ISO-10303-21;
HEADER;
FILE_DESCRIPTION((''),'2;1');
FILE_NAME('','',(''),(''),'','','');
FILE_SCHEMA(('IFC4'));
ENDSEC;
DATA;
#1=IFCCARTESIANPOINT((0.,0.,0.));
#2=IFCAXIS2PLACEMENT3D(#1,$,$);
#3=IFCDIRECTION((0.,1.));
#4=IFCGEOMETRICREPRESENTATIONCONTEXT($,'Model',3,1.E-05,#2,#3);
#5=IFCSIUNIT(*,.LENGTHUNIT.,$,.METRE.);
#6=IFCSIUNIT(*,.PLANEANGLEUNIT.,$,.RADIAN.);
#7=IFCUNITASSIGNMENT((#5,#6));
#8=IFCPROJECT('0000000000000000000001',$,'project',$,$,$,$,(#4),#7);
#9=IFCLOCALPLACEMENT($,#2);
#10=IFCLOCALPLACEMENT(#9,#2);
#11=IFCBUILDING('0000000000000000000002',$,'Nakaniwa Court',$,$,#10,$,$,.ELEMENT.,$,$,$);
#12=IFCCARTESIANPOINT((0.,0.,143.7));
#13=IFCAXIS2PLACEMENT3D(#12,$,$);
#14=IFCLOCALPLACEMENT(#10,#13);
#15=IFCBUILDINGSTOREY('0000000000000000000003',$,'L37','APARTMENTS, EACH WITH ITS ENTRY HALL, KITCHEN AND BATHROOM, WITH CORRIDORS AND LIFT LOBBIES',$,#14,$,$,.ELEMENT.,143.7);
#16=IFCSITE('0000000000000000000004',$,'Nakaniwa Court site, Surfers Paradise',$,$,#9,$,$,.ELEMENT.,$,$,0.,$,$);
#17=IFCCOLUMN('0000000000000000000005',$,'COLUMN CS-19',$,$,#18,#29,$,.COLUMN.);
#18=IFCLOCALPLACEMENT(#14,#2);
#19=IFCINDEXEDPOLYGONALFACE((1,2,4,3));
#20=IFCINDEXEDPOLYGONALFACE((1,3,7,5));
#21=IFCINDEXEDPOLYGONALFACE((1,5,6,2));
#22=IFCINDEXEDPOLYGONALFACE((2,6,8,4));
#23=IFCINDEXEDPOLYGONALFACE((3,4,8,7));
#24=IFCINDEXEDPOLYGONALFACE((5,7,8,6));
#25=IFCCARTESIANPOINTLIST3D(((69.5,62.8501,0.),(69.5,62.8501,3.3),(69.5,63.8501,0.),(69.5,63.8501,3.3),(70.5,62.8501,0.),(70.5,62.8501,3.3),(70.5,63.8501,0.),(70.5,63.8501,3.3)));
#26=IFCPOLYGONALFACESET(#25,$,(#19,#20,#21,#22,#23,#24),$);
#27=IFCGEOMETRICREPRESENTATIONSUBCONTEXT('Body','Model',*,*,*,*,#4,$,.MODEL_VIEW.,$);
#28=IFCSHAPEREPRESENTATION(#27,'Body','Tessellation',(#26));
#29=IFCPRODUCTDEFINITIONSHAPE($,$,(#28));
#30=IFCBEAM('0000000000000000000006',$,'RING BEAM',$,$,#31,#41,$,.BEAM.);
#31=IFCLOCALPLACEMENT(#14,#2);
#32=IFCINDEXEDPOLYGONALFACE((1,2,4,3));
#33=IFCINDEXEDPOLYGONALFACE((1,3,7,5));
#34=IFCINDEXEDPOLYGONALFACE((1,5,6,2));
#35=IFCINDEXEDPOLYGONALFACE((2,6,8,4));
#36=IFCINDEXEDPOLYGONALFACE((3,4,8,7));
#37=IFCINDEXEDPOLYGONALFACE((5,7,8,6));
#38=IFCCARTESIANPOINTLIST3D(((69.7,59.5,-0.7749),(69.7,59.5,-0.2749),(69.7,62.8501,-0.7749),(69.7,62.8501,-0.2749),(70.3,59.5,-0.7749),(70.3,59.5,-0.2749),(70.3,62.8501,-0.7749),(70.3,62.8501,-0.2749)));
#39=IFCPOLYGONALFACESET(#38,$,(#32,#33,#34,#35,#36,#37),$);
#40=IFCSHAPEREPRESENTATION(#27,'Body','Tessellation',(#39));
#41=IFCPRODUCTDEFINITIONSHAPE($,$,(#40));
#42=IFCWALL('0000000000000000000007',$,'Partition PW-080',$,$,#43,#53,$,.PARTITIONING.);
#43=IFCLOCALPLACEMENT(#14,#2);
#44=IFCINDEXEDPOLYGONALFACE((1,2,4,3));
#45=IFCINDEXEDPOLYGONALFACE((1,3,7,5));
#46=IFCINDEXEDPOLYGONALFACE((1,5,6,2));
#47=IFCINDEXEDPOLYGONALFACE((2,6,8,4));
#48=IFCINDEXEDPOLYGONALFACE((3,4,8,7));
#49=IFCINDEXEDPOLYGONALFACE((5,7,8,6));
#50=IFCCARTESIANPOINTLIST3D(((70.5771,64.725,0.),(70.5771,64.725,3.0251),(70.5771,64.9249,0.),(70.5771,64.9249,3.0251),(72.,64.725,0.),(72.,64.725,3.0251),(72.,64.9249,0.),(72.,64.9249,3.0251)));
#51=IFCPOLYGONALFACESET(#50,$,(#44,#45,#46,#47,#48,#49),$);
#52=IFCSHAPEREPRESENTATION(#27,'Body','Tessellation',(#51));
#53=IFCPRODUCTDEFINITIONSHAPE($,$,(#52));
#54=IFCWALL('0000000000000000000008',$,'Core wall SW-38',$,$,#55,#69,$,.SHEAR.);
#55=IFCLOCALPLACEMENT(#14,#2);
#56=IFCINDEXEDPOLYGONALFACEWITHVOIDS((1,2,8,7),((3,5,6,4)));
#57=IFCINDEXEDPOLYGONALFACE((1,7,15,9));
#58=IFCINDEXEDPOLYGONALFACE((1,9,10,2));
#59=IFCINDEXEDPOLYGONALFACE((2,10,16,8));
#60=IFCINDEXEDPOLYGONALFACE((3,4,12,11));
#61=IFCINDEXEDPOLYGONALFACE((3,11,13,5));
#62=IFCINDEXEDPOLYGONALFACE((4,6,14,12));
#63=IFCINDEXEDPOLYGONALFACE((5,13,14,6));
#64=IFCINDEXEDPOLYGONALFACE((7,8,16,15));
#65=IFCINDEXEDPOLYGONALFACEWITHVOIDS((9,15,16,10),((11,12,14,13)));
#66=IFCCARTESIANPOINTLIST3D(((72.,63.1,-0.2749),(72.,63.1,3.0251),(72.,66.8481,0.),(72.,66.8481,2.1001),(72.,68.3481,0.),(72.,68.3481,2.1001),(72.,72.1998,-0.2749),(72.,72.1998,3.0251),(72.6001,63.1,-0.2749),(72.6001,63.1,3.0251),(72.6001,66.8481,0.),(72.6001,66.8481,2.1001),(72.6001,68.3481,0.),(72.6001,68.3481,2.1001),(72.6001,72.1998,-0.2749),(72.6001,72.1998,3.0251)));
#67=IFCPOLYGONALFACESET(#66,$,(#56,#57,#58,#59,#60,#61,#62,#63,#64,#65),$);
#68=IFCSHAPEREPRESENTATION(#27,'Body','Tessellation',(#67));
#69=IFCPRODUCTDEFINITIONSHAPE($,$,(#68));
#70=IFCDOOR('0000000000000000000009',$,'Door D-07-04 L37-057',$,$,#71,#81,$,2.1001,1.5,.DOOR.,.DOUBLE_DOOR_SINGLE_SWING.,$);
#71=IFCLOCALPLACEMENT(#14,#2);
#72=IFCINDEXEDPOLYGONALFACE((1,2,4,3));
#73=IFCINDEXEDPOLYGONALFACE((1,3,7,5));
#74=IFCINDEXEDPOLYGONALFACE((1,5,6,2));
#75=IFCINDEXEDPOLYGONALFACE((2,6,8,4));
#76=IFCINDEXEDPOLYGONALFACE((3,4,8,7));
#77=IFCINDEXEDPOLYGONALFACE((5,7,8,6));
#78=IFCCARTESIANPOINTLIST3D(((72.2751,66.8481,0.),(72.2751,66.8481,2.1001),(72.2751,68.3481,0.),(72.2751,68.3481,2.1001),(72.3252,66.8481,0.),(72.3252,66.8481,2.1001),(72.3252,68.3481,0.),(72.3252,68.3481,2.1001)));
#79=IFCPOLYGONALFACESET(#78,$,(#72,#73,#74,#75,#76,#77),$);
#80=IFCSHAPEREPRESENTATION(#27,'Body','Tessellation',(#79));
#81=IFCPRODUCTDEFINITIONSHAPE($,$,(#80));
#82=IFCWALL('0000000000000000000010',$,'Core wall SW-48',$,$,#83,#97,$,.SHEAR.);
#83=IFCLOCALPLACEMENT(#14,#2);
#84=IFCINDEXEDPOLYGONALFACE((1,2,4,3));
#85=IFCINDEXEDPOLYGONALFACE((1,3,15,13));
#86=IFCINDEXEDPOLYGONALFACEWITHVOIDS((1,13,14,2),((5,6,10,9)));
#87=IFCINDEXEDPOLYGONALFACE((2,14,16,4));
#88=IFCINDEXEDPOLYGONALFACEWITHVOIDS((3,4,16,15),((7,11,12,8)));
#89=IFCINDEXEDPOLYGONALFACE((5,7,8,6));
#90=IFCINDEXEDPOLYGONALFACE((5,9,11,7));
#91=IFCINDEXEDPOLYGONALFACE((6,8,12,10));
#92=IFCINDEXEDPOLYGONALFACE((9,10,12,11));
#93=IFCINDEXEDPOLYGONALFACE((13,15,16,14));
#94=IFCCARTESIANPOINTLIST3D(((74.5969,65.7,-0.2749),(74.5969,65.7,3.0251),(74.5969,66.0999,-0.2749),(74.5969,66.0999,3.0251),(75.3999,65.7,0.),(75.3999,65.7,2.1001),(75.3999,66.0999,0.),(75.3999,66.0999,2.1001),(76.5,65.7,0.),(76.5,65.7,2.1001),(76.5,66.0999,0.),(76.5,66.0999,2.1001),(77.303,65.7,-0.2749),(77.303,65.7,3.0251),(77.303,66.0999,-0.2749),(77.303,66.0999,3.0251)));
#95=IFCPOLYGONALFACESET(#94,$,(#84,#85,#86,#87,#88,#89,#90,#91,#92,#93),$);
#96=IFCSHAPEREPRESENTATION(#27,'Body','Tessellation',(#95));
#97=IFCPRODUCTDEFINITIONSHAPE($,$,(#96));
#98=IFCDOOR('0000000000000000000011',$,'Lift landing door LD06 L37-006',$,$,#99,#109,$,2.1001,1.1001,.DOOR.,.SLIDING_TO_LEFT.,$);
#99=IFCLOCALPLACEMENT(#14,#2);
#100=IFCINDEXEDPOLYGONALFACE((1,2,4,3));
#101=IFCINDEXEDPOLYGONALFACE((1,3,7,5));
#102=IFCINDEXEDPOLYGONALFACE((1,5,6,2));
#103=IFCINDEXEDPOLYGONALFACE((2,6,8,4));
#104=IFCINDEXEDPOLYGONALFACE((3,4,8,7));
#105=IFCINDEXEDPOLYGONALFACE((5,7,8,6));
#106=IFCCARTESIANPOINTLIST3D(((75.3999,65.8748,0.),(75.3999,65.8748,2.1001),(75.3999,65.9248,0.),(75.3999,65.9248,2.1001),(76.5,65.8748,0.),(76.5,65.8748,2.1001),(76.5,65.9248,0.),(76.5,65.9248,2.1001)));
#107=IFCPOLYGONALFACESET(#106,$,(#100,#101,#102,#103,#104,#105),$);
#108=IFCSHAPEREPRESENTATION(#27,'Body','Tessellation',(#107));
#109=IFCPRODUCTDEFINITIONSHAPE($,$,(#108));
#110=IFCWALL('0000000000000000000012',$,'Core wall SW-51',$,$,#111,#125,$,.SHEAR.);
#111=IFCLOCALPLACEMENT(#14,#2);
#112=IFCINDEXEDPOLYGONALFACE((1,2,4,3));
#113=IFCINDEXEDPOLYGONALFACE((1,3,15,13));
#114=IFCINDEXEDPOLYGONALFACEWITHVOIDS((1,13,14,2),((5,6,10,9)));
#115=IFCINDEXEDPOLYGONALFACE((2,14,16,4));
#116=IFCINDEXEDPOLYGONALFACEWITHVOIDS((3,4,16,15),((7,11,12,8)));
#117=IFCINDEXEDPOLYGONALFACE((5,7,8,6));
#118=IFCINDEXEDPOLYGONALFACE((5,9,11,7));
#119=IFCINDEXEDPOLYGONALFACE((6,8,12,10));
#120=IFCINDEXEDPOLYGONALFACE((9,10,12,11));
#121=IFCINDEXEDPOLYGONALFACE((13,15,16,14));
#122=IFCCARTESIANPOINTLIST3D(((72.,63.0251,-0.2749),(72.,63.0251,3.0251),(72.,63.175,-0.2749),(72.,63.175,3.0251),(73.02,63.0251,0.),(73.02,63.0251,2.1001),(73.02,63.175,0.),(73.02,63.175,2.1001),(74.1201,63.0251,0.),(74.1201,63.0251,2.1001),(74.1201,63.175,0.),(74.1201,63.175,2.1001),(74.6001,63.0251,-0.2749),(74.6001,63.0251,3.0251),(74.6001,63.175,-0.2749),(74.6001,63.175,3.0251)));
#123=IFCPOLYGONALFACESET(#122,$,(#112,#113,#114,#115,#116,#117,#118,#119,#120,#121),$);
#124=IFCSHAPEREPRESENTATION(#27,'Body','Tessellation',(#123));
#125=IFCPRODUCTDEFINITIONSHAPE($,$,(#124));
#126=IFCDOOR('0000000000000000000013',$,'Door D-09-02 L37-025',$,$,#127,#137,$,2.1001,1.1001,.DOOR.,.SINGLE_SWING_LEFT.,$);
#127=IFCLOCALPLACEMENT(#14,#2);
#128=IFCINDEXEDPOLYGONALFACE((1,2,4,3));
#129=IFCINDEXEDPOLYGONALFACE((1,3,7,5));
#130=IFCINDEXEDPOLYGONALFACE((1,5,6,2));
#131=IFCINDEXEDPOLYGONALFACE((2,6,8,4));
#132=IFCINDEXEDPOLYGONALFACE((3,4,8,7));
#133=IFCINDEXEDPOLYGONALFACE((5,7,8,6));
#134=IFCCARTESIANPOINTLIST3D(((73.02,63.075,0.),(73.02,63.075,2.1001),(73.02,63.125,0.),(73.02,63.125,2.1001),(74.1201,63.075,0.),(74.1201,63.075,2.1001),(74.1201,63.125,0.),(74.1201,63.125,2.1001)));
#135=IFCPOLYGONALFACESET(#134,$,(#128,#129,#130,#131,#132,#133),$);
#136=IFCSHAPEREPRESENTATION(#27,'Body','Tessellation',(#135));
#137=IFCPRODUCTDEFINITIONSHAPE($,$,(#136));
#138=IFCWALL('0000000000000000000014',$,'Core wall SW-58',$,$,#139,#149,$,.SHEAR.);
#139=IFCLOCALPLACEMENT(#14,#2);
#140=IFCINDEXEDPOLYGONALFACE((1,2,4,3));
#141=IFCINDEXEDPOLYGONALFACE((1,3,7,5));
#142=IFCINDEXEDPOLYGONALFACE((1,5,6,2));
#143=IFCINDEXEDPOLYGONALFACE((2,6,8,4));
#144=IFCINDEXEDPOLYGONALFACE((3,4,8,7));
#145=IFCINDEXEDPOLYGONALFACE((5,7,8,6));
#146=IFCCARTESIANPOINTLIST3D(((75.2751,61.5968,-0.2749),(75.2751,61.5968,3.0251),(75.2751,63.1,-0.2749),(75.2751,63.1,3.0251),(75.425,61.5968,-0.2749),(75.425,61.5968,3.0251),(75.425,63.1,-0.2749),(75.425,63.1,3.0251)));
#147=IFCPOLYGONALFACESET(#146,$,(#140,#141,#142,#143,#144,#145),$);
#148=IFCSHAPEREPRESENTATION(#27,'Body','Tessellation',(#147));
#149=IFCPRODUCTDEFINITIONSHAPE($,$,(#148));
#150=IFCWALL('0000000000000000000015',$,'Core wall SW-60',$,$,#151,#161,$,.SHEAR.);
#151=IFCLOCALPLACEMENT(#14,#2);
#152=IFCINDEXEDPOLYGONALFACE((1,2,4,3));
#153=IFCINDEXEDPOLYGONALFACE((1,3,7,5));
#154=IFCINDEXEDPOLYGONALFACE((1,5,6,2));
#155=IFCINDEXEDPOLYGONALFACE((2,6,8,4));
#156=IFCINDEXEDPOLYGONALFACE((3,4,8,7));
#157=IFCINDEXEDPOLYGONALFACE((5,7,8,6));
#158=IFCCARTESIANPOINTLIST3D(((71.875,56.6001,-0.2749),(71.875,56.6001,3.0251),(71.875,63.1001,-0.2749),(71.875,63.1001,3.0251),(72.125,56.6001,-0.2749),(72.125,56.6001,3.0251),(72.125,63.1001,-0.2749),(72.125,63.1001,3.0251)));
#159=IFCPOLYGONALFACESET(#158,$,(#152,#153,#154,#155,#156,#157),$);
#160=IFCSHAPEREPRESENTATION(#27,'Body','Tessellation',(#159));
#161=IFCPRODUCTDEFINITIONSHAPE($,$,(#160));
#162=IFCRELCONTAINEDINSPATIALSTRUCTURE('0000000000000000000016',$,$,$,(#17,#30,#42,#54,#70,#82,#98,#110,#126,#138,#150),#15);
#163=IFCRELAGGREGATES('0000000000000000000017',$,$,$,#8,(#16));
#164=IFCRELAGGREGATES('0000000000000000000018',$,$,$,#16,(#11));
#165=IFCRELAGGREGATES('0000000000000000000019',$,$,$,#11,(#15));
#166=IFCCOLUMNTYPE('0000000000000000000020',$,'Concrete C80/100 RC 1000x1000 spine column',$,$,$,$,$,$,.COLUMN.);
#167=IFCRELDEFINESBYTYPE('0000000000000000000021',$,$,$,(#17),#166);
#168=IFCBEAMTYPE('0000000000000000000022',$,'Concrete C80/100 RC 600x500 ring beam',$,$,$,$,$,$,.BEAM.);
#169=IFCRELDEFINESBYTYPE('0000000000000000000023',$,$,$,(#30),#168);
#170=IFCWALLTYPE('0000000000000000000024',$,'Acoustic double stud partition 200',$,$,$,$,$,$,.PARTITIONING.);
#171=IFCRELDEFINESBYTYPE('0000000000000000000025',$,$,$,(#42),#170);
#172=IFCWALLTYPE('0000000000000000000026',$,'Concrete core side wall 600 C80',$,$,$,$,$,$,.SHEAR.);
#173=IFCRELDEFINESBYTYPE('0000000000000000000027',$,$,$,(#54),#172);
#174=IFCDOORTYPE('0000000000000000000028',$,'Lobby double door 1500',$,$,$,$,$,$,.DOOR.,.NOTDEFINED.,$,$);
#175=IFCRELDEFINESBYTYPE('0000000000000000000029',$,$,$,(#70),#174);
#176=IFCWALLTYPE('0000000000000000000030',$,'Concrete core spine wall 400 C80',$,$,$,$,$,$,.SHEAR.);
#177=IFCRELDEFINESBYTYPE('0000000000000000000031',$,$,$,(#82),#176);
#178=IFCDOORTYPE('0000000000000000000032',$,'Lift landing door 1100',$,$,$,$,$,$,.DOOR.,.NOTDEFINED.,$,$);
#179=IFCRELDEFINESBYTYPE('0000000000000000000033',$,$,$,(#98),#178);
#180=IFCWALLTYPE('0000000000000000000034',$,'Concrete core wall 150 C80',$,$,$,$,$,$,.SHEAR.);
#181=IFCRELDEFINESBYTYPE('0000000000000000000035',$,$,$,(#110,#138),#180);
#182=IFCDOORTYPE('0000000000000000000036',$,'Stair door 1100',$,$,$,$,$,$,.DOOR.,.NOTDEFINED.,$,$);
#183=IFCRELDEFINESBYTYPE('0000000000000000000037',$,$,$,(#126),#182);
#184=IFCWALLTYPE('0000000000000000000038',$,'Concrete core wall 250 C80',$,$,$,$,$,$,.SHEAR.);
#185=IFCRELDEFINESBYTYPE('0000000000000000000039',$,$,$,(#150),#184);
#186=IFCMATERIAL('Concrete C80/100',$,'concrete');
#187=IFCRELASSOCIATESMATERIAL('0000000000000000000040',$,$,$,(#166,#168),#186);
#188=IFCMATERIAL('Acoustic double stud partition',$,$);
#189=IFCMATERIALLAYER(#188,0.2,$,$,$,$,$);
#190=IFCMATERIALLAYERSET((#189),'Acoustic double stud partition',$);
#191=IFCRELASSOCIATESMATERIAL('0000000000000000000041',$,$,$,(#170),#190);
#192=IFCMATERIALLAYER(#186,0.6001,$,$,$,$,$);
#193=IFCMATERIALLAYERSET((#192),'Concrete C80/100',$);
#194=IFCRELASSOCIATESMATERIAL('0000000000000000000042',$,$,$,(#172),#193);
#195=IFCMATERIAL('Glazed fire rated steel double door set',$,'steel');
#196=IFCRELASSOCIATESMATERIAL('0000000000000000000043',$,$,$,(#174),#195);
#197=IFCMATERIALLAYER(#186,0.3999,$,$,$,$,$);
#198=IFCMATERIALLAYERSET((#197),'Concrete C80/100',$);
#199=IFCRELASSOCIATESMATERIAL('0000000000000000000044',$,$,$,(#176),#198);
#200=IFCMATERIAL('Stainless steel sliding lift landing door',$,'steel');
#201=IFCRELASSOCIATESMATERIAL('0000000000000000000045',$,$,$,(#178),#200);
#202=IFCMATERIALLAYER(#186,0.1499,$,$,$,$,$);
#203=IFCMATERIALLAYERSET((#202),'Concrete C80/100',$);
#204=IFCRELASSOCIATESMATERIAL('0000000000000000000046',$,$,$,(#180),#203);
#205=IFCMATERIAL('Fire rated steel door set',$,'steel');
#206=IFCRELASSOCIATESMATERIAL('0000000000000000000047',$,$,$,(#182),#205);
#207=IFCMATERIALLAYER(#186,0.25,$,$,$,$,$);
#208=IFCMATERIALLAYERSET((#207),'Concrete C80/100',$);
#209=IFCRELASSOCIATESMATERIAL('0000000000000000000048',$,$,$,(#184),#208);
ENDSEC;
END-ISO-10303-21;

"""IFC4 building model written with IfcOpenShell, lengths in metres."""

from ifc_helpers import new_model, si_unit, direction, frame, frame_2d, origin, origin_2d, place, context, subcontext, project, spatial, rectangle, extrude, material, layer, layer_set, material_profile, profile_set, type_object, element, fill, save


model = new_model("IFC4")

# Units and contexts
model_context = context("Model", 3, precision=1e-05, world=origin(), true_north=direction((0.0, 1.0)))
body_context = subcontext(model_context, "Body", "Model", "MODEL_VIEW")
ifc_project = project(units=[si_unit("LENGTHUNIT", "METRE"), si_unit("PLANEANGLEUNIT", "RADIAN")], contexts=[model_context])

# Site, building, storey
site_placement = place(None, origin())
site = spatial("IfcSite", under=ifc_project, at=site_placement, Name="Nakaniwa Court site, Surfers Paradise", CompositionType="ELEMENT", RefElevation=0.0)
building_placement = place(site_placement, origin())
building = spatial("IfcBuilding", under=site, at=building_placement, Name="Nakaniwa Court", CompositionType="ELEMENT")
storey_placement = place(building_placement, frame((0.0, 0.0, 143.7)))
storey = spatial("IfcBuildingStorey", under=building, at=storey_placement, Name="L37", Description="APARTMENTS, EACH WITH ITS ENTRY HALL, KITCHEN AND BATHROOM, WITH CORRIDORS AND LIFT LOBBIES", CompositionType="ELEMENT", Elevation=143.7)

# Column
ifc_material_1 = material(Name="Concrete C80/100", Category="concrete")
ifc_material_profile_1 = material_profile(ifc_material_1, rectangle(XDim=1.0, YDim=1.0, at=origin_2d()), Name="Concrete C80/100 RC 1000x1000 spine column")
ifc_profile_set_1 = profile_set([ifc_material_profile_1], Name="Concrete C80/100")
column_type = type_object("IfcColumnType", Name="Concrete C80/100 RC 1000x1000 spine column", PredefinedType="COLUMN", material=ifc_profile_set_1)
column_placement = place(storey_placement, frame((70.0, 63.3501, 0.0), z_axis=(0.0, 0.0, 1.0), x_axis=(0.0, -1.0, 0.0)))
element("IfcColumn", 1, at=column_placement, inside=storey, type_object=column_type, Name="COLUMN CS-19", PredefinedType="COLUMN", context=body_context, shape_type="SweptSolid", body=[
    extrude(rectangle(XDim=1.0, YDim=1.0, at=origin_2d()), origin(), (0.0, 0.0, 1.0), 3.3),
])

# Beam
ifc_material_profile_2 = material_profile(ifc_material_1, rectangle(XDim=0.6001, YDim=0.5, at=origin_2d()), Name="Concrete C80/100 RC 600x500 ring beam")
ifc_profile_set_2 = profile_set([ifc_material_profile_2], Name="Concrete C80/100")
beam_type = type_object("IfcBeamType", Name="Concrete C80/100 RC 600x500 ring beam", PredefinedType="BEAM", material=ifc_profile_set_2)
beam_placement = place(storey_placement, frame((70.0, 62.8501, -0.5249), z_axis=(0.0, -1.0, 0.0), x_axis=(1.0, 0.0, 0.0)))
element("IfcBeam", 2, at=beam_placement, inside=storey, type_object=beam_type, Name="RING BEAM", PredefinedType="BEAM", context=body_context, shape_type="SweptSolid", body=[
    extrude(rectangle(XDim=0.6001, YDim=0.5, at=origin_2d()), origin(), (0.0, 0.0, 1.0), 3.3501),
])

# Wall
ifc_material_2 = material(Name="Acoustic double stud partition")
ifc_layer_1 = layer(ifc_material_2, 0.2)
ifc_layer_set_1 = layer_set([ifc_layer_1], Name="Acoustic double stud partition")
wall_type_1 = type_object("IfcWallType", Name="Acoustic double stud partition 200", PredefinedType="PARTITIONING", material=ifc_layer_set_1)
wall_1_placement = place(storey_placement, frame((70.5771, 64.825, 0.0), z_axis=(0.0, 0.0, 1.0), x_axis=(1.0, 0.0, 0.0)))
element("IfcWall", 3, at=wall_1_placement, inside=storey, type_object=wall_type_1, Name="Partition PW-080", PredefinedType="PARTITIONING", context=body_context, shape_type="SweptSolid", body=[
    extrude(rectangle(XDim=1.4229, YDim=0.2, at=frame_2d((0.7114, 0.0))), origin(), (0.0, 0.0, 1.0), 3.0251),
])

# Walls, openings, doors
ifc_layer_2 = layer(ifc_material_1, 0.6001)
ifc_layer_set_2 = layer_set([ifc_layer_2], Name="Concrete C80/100")
wall_type_2 = type_object("IfcWallType", Name="Concrete core side wall 600 C80", PredefinedType="SHEAR", material=ifc_layer_set_2)
wall_2_placement = place(storey_placement, frame((72.3, 63.1001, -0.2749), z_axis=(0.0, 0.0, 1.0), x_axis=(0.0, 1.0, 0.0)))
wall_2 = element("IfcWall", 4, at=wall_2_placement, inside=storey, type_object=wall_type_2, Name="Core wall SW-38", PredefinedType="SHEAR", context=body_context, shape_type="SweptSolid", body=[
    extrude(rectangle(XDim=9.0999, YDim=0.6001, at=frame_2d((4.5498, 0.0))), origin(), (0.0, 0.0, 1.0), 3.3),
])
opening_1_placement = place(wall_2_placement, frame((3.748, 0.0, 0.2749)))
opening_1 = element("IfcOpeningElement", 5, at=opening_1_placement, cuts=wall_2, PredefinedType="OPENING", context=body_context, shape_type="SweptSolid", body=[
    extrude(rectangle(XDim=1.5, YDim=2.1001, at=frame_2d((0.75, 1.05))), frame((0.0, 0.3101, 0.0), z_axis=(0.0, -1.0, 0.0), x_axis=(1.0, 0.0, 0.0)), (0.0, 0.0, 1.0), 0.6201),
])
ifc_material_3 = material(Name="Glazed fire rated steel double door set", Category="steel")
door_type_1 = type_object("IfcDoorType", Name="Lobby double door 1500", OperationType="NOTDEFINED", PredefinedType="DOOR", material=ifc_material_3)
door_1_placement = place(opening_1_placement, origin())
door_1 = element("IfcDoor", 6, at=door_1_placement, inside=storey, type_object=door_type_1, Name="Door D-07-04 L37-057", OperationType="DOUBLE_DOOR_SINGLE_SWING", OverallHeight=2.1001, OverallWidth=1.5, PredefinedType="DOOR", context=body_context, shape_type="SweptSolid", body=[
    extrude(rectangle(XDim=1.5, YDim=2.1001, at=frame_2d((0.75, 1.05))), frame((0.0, 0.0249, 0.0), z_axis=(0.0, -1.0, 0.0), x_axis=(1.0, 0.0, 0.0)), (0.0, 0.0, 1.0), 0.05),
])
fill(opening_1, door_1)
ifc_layer_3 = layer(ifc_material_1, 0.3999)
ifc_layer_set_3 = layer_set([ifc_layer_3], Name="Concrete C80/100")
wall_type_3 = type_object("IfcWallType", Name="Concrete core spine wall 400 C80", PredefinedType="SHEAR", material=ifc_layer_set_3)
wall_3_placement = place(storey_placement, frame((74.5969, 65.8999, -0.2749), z_axis=(0.0, 0.0, 1.0), x_axis=(1.0, 0.0, 0.0)))
wall_3 = element("IfcWall", 7, at=wall_3_placement, inside=storey, type_object=wall_type_3, Name="Core wall SW-48", PredefinedType="SHEAR", context=body_context, shape_type="SweptSolid", body=[
    extrude(rectangle(XDim=2.7061, YDim=0.3999, at=frame_2d((1.353, 0.0))), origin(), (0.0, 0.0, 1.0), 3.3),
])
opening_2_placement = place(wall_3_placement, frame((0.803, 0.0, 0.2749)))
opening_2 = element("IfcOpeningElement", 8, at=opening_2_placement, cuts=wall_3, PredefinedType="OPENING", context=body_context, shape_type="SweptSolid", body=[
    extrude(rectangle(XDim=1.1001, YDim=2.1001, at=frame_2d((0.55, 1.05))), frame((0.0, 0.21, 0.0), z_axis=(0.0, -1.0, 0.0), x_axis=(1.0, 0.0, 0.0)), (0.0, 0.0, 1.0), 0.4199),
])
ifc_material_4 = material(Name="Stainless steel sliding lift landing door", Category="steel")
door_type_2 = type_object("IfcDoorType", Name="Lift landing door 1100", OperationType="NOTDEFINED", PredefinedType="DOOR", material=ifc_material_4)
door_2_placement = place(opening_2_placement, origin())
door_2 = element("IfcDoor", 9, at=door_2_placement, inside=storey, type_object=door_type_2, Name="Lift landing door LD06 L37-006", OperationType="SLIDING_TO_LEFT", OverallHeight=2.1001, OverallWidth=1.1001, PredefinedType="DOOR", context=body_context, shape_type="SweptSolid", body=[
    extrude(rectangle(XDim=1.1001, YDim=2.1001, at=frame_2d((0.55, 1.05))), frame((0.0, 0.0249, 0.0), z_axis=(0.0, -1.0, 0.0), x_axis=(1.0, 0.0, 0.0)), (0.0, 0.0, 1.0), 0.05),
])
fill(opening_2, door_2)
ifc_layer_4 = layer(ifc_material_1, 0.1499)
ifc_layer_set_4 = layer_set([ifc_layer_4], Name="Concrete C80/100")
wall_type_4 = type_object("IfcWallType", Name="Concrete core wall 150 C80", PredefinedType="SHEAR", material=ifc_layer_set_4)
wall_4_placement = place(storey_placement, frame((72.0, 63.1001, -0.2749), z_axis=(0.0, 0.0, 1.0), x_axis=(1.0, 0.0, 0.0)))
wall_4 = element("IfcWall", 10, at=wall_4_placement, inside=storey, type_object=wall_type_4, Name="Core wall SW-51", PredefinedType="SHEAR", context=body_context, shape_type="SweptSolid", body=[
    extrude(rectangle(XDim=2.6001, YDim=0.1499, at=frame_2d((1.3, 0.0))), origin(), (0.0, 0.0, 1.0), 3.3),
])
opening_3_placement = place(wall_4_placement, frame((1.02, 0.0, 0.2749)))
opening_3 = element("IfcOpeningElement", 11, at=opening_3_placement, cuts=wall_4, PredefinedType="OPENING", context=body_context, shape_type="SweptSolid", body=[
    extrude(rectangle(XDim=1.1001, YDim=2.1001, at=frame_2d((0.55, 1.05))), frame((0.0, 0.085, 0.0), z_axis=(0.0, -1.0, 0.0), x_axis=(1.0, 0.0, 0.0)), (0.0, 0.0, 1.0), 0.1699),
])
ifc_material_5 = material(Name="Fire rated steel door set", Category="steel")
door_type_3 = type_object("IfcDoorType", Name="Stair door 1100", OperationType="NOTDEFINED", PredefinedType="DOOR", material=ifc_material_5)
door_3_placement = place(opening_3_placement, origin())
door_3 = element("IfcDoor", 12, at=door_3_placement, inside=storey, type_object=door_type_3, Name="Door D-09-02 L37-025", OperationType="SINGLE_SWING_LEFT", OverallHeight=2.1001, OverallWidth=1.1001, PredefinedType="DOOR", context=body_context, shape_type="SweptSolid", body=[
    extrude(rectangle(XDim=1.1001, YDim=2.1001, at=frame_2d((0.55, 1.05))), frame((0.0, 0.0249, 0.0), z_axis=(0.0, -1.0, 0.0), x_axis=(1.0, 0.0, 0.0)), (0.0, 0.0, 1.0), 0.05),
])
fill(opening_3, door_3)

# Walls
wall_5_placement = place(storey_placement, frame((75.3501, 61.5969, -0.2749), z_axis=(0.0, 0.0, 1.0), x_axis=(0.0, 1.0, 0.0)))
element("IfcWall", 13, at=wall_5_placement, inside=storey, type_object=wall_type_4, Name="Core wall SW-58", PredefinedType="SHEAR", context=body_context, shape_type="SweptSolid", body=[
    extrude(rectangle(XDim=1.5032, YDim=0.1499, at=frame_2d((0.7515, 0.0))), origin(), (0.0, 0.0, 1.0), 3.3),
])
ifc_layer_5 = layer(ifc_material_1, 0.25)
ifc_layer_set_5 = layer_set([ifc_layer_5], Name="Concrete C80/100")
wall_type_5 = type_object("IfcWallType", Name="Concrete core wall 250 C80", PredefinedType="SHEAR", material=ifc_layer_set_5)
wall_6_placement = place(storey_placement, frame((72.0, 56.6001, -0.2749), z_axis=(0.0, 0.0, 1.0), x_axis=(0.0, 1.0, 0.0)))
element("IfcWall", 14, at=wall_6_placement, inside=storey, type_object=wall_type_5, Name="Core wall SW-60", PredefinedType="SHEAR", context=body_context, shape_type="SweptSolid", body=[
    extrude(rectangle(XDim=6.5, YDim=0.25, at=frame_2d((3.25, 0.0))), origin(), (0.0, 0.0, 1.0), 3.3),
])

save(model, "model.ifc")
